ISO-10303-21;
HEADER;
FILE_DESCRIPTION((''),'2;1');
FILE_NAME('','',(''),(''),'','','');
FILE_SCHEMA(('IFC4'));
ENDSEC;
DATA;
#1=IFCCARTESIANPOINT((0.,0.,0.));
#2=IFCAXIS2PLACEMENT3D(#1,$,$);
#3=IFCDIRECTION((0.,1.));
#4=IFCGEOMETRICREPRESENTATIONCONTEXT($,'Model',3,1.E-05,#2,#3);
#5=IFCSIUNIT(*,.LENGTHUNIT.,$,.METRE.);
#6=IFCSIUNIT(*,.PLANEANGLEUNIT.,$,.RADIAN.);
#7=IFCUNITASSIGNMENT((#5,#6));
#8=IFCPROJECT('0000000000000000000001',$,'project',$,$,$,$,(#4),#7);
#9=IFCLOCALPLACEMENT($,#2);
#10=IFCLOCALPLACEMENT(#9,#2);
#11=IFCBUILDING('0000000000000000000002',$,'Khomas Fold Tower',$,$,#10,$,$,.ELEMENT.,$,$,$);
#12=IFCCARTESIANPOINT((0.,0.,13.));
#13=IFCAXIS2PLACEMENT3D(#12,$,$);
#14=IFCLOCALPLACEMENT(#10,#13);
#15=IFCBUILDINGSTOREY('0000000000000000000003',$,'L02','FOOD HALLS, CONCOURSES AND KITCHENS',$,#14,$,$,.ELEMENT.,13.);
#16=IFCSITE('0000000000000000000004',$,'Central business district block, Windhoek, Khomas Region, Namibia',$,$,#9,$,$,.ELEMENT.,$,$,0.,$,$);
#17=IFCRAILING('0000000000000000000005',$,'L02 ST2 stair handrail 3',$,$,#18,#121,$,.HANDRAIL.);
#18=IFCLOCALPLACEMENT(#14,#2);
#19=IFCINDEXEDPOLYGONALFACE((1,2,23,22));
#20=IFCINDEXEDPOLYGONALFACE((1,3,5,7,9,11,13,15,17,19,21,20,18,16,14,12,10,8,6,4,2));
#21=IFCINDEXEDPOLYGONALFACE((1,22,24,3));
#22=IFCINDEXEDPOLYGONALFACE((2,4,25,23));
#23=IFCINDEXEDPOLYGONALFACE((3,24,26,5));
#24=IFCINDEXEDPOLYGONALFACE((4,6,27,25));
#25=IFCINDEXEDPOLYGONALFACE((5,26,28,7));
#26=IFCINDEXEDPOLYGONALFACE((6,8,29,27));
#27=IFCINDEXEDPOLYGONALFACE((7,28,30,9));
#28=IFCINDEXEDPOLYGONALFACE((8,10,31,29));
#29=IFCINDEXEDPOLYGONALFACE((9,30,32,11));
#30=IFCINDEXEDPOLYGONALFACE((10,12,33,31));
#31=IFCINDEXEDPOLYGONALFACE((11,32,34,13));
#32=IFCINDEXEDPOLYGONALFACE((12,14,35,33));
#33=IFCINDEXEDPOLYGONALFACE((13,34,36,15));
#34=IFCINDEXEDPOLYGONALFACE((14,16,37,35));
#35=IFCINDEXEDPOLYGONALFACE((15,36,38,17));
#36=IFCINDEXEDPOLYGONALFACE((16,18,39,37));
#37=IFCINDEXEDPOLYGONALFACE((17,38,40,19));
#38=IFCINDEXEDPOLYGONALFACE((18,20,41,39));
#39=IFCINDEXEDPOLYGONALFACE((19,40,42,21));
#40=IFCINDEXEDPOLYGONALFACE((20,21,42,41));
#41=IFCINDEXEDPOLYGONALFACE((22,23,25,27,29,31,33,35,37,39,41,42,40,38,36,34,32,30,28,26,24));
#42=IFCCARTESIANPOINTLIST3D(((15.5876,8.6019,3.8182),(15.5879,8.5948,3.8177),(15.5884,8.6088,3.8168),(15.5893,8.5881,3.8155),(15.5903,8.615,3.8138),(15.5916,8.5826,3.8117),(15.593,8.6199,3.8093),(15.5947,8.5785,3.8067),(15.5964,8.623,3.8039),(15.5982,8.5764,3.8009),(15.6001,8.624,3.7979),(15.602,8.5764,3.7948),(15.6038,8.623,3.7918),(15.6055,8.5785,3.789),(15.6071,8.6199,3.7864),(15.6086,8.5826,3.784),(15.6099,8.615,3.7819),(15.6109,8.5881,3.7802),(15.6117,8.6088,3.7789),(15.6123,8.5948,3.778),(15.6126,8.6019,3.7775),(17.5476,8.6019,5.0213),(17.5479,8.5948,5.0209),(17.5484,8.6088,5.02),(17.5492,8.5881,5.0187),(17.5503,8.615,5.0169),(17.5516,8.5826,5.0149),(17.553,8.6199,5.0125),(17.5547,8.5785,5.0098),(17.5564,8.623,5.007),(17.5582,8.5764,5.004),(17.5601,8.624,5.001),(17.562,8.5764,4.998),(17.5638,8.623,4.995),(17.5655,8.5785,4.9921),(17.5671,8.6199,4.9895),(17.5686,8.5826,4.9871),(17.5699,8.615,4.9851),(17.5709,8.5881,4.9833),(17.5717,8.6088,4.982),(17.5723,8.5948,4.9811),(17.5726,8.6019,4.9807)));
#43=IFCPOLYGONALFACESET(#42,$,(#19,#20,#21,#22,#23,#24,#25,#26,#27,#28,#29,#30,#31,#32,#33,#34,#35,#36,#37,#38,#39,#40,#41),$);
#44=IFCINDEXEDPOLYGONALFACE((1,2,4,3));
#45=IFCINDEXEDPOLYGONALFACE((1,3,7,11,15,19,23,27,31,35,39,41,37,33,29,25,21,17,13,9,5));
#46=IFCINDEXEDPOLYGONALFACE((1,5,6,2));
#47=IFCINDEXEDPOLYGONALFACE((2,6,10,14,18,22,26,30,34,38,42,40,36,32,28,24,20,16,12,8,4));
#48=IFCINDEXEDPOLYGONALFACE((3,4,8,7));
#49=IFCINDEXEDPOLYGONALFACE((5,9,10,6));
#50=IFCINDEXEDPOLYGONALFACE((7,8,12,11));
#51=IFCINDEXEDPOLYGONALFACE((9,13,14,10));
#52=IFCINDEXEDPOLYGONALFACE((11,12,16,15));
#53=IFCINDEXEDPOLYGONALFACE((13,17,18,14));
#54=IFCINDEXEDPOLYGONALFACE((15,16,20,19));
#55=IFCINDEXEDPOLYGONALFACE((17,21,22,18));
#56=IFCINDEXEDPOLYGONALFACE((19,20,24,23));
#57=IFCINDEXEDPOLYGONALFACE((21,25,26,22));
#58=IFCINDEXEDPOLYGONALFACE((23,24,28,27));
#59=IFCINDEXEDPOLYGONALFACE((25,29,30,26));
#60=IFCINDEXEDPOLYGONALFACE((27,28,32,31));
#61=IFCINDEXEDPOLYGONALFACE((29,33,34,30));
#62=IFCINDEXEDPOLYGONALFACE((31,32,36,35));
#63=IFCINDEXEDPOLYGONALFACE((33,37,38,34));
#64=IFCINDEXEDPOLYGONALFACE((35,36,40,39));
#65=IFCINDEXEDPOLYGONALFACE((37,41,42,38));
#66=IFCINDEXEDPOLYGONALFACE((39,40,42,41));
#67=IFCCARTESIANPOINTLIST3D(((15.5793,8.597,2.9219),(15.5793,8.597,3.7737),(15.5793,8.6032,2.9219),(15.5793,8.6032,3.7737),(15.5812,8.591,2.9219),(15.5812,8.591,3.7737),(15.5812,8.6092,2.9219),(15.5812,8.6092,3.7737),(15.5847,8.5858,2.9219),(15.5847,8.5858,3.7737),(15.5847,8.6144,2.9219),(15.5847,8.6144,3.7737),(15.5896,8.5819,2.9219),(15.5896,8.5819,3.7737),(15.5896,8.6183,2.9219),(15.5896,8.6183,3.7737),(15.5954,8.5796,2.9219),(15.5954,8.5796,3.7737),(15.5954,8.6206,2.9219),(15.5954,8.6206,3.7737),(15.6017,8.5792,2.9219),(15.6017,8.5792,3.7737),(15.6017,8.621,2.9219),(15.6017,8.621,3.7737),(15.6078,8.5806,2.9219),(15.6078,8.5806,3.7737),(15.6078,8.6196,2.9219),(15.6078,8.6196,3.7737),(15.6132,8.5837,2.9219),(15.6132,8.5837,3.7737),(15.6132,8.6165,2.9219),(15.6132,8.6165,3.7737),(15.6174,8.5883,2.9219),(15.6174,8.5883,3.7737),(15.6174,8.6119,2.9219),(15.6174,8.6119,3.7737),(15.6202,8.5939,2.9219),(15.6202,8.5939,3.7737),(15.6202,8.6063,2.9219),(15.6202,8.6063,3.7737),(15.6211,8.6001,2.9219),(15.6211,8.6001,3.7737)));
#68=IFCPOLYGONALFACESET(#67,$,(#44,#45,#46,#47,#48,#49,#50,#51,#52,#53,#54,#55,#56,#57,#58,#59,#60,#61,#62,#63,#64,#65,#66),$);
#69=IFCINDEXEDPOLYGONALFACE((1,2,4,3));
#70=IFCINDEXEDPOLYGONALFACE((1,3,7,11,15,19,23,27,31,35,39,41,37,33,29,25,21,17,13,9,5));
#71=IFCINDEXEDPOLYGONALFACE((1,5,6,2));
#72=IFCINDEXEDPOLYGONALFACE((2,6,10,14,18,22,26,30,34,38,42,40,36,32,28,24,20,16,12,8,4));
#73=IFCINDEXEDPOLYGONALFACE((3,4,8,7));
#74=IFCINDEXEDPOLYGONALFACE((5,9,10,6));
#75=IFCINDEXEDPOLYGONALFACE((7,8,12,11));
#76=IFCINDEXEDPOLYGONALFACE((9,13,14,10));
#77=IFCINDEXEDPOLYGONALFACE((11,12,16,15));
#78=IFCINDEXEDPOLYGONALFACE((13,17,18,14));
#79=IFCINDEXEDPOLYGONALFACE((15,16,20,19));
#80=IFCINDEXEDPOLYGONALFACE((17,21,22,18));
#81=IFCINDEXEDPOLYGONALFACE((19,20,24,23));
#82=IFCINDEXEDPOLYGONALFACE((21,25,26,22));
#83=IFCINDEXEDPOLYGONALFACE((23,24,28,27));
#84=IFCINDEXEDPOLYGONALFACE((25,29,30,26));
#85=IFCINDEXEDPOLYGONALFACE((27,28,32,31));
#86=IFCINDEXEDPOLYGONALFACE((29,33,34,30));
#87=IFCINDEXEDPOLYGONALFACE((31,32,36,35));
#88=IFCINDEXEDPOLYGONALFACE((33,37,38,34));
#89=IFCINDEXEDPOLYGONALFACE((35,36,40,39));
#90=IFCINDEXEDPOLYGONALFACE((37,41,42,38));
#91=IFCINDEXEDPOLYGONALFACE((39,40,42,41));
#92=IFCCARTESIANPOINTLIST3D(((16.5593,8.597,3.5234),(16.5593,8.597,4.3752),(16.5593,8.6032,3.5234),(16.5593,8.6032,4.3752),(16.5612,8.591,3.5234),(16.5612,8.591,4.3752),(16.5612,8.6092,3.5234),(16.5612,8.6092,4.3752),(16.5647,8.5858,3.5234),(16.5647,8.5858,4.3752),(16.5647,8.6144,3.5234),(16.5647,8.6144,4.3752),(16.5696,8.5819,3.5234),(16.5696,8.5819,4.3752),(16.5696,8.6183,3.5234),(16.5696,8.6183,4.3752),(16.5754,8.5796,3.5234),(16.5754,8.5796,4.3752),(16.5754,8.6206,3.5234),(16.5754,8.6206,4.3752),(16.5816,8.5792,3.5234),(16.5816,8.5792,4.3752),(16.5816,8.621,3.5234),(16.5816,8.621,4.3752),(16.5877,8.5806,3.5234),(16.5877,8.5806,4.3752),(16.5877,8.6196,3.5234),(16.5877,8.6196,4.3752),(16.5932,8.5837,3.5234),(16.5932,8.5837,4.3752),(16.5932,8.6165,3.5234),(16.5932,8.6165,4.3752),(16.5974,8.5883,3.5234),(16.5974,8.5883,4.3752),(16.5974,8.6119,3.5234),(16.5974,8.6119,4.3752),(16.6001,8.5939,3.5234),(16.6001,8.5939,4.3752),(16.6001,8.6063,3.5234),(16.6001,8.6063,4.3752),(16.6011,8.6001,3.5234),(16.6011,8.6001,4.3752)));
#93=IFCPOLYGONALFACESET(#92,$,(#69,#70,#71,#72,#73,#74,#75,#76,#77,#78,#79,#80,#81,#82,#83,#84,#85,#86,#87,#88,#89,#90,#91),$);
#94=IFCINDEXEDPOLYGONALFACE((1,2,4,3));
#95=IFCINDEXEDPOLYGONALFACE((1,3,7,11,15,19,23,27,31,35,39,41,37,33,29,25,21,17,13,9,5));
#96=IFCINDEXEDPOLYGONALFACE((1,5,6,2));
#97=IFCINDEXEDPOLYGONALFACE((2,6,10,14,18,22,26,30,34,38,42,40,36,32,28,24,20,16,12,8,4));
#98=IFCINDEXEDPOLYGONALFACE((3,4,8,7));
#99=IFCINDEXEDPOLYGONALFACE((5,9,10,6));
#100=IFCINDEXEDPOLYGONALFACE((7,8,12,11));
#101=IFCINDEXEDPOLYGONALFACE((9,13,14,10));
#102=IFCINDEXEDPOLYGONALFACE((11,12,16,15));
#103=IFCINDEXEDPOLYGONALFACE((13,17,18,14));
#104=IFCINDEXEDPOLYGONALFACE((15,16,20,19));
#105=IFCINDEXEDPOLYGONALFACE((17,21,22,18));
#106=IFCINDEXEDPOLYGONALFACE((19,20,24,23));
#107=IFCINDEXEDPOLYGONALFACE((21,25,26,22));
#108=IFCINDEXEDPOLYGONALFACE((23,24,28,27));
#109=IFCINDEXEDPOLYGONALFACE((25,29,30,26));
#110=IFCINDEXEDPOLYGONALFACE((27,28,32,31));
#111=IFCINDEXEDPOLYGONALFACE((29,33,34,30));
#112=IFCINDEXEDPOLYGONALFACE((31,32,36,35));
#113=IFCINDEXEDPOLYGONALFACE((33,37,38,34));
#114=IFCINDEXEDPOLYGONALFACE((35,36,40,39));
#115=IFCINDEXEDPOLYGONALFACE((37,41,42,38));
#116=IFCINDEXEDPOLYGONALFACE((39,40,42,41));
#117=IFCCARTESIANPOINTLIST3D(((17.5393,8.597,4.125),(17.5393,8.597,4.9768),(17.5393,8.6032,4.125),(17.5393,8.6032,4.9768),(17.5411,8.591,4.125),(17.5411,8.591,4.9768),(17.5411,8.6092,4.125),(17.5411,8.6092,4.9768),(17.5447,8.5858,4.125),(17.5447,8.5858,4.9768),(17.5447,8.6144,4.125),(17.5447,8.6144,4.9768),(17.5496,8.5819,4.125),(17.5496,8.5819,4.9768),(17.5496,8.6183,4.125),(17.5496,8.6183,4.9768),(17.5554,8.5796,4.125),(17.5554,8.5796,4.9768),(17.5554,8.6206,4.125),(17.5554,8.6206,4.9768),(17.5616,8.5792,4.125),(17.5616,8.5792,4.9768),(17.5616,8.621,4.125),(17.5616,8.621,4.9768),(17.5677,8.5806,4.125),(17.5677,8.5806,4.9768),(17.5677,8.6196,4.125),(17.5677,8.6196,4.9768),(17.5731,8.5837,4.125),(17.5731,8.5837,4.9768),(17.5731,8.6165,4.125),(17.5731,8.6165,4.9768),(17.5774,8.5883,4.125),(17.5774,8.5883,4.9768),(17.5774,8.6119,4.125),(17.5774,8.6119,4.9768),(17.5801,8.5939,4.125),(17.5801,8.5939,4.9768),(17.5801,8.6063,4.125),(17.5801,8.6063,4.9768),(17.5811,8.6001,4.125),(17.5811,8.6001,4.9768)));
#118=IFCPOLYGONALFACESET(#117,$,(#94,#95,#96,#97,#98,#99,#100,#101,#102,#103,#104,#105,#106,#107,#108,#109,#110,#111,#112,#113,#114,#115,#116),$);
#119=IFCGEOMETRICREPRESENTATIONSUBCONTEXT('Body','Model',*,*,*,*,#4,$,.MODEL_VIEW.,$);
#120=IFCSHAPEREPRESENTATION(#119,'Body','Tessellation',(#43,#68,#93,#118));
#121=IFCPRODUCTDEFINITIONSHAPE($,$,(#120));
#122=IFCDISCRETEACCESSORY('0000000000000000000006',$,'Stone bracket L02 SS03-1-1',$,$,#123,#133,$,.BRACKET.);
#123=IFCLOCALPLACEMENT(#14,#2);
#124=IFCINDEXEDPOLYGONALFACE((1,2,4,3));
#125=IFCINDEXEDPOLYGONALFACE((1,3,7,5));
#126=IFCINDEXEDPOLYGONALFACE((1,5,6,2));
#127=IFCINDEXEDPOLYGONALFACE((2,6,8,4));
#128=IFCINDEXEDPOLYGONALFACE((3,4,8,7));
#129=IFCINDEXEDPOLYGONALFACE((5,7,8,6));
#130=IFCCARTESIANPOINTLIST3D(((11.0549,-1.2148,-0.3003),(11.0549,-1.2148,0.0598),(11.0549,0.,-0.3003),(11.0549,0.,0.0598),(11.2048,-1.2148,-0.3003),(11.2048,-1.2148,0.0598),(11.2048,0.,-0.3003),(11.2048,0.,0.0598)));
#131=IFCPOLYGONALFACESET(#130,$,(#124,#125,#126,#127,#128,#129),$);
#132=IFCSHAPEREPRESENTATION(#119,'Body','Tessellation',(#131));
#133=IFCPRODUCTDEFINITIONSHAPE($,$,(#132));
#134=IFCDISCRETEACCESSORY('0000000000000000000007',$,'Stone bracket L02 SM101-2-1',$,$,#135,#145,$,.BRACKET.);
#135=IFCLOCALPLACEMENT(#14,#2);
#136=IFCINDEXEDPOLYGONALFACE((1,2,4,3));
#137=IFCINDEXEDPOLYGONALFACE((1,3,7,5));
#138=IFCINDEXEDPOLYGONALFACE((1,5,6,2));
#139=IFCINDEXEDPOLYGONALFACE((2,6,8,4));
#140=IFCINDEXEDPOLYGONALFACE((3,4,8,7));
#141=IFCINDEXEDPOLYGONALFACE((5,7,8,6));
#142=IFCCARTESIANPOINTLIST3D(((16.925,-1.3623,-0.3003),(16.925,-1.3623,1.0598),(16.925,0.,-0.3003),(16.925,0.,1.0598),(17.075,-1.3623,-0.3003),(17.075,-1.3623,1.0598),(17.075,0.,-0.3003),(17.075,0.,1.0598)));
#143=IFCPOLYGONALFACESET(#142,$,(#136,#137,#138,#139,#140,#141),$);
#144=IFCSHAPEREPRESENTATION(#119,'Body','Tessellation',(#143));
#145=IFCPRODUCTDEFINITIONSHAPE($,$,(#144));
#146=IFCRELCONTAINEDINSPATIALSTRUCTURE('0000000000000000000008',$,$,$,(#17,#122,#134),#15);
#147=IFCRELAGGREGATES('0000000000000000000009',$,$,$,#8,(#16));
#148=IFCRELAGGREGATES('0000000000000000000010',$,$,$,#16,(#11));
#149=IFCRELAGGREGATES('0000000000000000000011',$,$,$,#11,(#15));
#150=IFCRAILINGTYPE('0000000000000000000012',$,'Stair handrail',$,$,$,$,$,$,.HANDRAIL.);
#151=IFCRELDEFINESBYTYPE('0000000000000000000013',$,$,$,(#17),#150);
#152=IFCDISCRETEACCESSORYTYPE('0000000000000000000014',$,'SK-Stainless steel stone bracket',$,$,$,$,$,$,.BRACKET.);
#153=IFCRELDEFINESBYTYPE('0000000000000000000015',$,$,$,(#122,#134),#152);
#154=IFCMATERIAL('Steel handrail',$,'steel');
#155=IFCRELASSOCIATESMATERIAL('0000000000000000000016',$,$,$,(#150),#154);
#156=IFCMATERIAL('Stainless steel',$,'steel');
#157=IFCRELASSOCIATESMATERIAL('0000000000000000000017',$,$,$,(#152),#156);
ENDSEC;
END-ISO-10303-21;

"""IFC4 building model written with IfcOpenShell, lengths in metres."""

from ifc_helpers import new_model, si_unit, direction, frame, origin, origin_2d, place, context, subcontext, project, spatial, rectangle, circle, extrude, source, transform, mapped, material, type_object, element, save


model = new_model("IFC4")

# Units and contexts
model_context = context("Model", 3, precision=1e-05, world=origin(), true_north=direction((0.0, 1.0)))
body_context = subcontext(model_context, "Body", "Model", "MODEL_VIEW")
ifc_project = project(units=[si_unit("LENGTHUNIT", "METRE"), si_unit("PLANEANGLEUNIT", "RADIAN")], contexts=[model_context])

# Site, building, storey
site_placement = place(None, origin())
site = spatial("IfcSite", under=ifc_project, at=site_placement, Name="Central business district block, Windhoek, Khomas Region, Namibia", CompositionType="ELEMENT", RefElevation=0.0)
building_placement = place(site_placement, origin())
building = spatial("IfcBuilding", under=site, at=building_placement, Name="Khomas Fold Tower", CompositionType="ELEMENT")
storey_placement = place(building_placement, frame((0.0, 0.0, 13.0)))
storey = spatial("IfcBuildingStorey", under=building, at=storey_placement, Name="L02", Description="FOOD HALLS, CONCOURSES AND KITCHENS", CompositionType="ELEMENT", Elevation=13.0)

# Railing
ifc_material_1 = material(Name="Steel handrail", Category="steel")
railing_type_1 = type_object("IfcRailingType", Name="Stair handrail", PredefinedType="HANDRAIL", material=ifc_material_1)
shared_shape_1 = source(origin(), body_context, "Body", "SweptSolid", [
    extrude(circle(Radius=0.0239, at=origin_2d()), frame((0.0, 0.0, 0.876), z_axis=(0.852241, 0.0, 0.523149), x_axis=(0.0, 1.0, 0.0)), (0.0, 0.0, 1.0), 2.2998),
    extrude(circle(Radius=0.021, at=origin_2d()), origin(), (0.0, 0.0, 1.0), 0.8518),
    extrude(circle(Radius=0.021, at=origin_2d()), frame((0.98, 0.0, 0.6016)), (0.0, 0.0, 1.0), 0.8518),
    extrude(circle(Radius=0.021, at=origin_2d()), frame((1.96, 0.0, 1.2031)), (0.0, 0.0, 1.0), 0.8518),
])
for number, where, name in (
    (1, (15.6001, 8.6001, 2.9219), "L02 ST2 stair handrail 3"),
):
    element("IfcRailing", number, at=place(storey_placement, frame(where)), inside=storey, type_object=railing_type_1, Name=name, PredefinedType="HANDRAIL", context=body_context, shape_type="MappedRepresentation", body=[
        mapped(shared_shape_1, transform((0.0, 0.0, 0.0))),
    ])

# Discrete accessories
ifc_material_2 = material(Name="Stainless steel", Category="steel")
discrete_accessory_type = type_object("IfcDiscreteAccessoryType", Name="SK-Stainless steel stone bracket", PredefinedType="BRACKET", material=ifc_material_2)
shared_shape_2 = source(origin(), body_context, "Body", "SweptSolid", [
    extrude(rectangle(XDim=1.2148, YDim=0.1499, at=origin_2d()), origin(), (0.0, 0.0, 1.0), 0.3601),
])
discrete_accessory_1_placement = place(storey_placement, frame((11.1299, -0.6074, -0.3003), z_axis=(0.0, 0.0, 1.0), x_axis=(0.0, -1.0, 0.0)))
element("IfcDiscreteAccessory", 2, at=discrete_accessory_1_placement, inside=storey, type_object=discrete_accessory_type, Name="Stone bracket L02 SS03-1-1", PredefinedType="BRACKET", context=body_context, shape_type="MappedRepresentation", body=[
    mapped(shared_shape_2, transform((0.0, 0.0, 0.0))),
])
shared_shape_3 = source(origin(), body_context, "Body", "SweptSolid", [
    extrude(rectangle(XDim=1.3623, YDim=0.1499, at=origin_2d()), origin(), (0.0, 0.0, 1.0), 1.3601),
])
discrete_accessory_2_placement = place(storey_placement, frame((17.0, -0.6812, -0.3003), z_axis=(0.0, 0.0, 1.0), x_axis=(0.0, -1.0, 0.0)))
element("IfcDiscreteAccessory", 3, at=discrete_accessory_2_placement, inside=storey, type_object=discrete_accessory_type, Name="Stone bracket L02 SM101-2-1", PredefinedType="BRACKET", context=body_context, shape_type="MappedRepresentation", body=[
    mapped(shared_shape_3, transform((0.0, 0.0, 0.0))),
])

save(model, "model.ifc")
